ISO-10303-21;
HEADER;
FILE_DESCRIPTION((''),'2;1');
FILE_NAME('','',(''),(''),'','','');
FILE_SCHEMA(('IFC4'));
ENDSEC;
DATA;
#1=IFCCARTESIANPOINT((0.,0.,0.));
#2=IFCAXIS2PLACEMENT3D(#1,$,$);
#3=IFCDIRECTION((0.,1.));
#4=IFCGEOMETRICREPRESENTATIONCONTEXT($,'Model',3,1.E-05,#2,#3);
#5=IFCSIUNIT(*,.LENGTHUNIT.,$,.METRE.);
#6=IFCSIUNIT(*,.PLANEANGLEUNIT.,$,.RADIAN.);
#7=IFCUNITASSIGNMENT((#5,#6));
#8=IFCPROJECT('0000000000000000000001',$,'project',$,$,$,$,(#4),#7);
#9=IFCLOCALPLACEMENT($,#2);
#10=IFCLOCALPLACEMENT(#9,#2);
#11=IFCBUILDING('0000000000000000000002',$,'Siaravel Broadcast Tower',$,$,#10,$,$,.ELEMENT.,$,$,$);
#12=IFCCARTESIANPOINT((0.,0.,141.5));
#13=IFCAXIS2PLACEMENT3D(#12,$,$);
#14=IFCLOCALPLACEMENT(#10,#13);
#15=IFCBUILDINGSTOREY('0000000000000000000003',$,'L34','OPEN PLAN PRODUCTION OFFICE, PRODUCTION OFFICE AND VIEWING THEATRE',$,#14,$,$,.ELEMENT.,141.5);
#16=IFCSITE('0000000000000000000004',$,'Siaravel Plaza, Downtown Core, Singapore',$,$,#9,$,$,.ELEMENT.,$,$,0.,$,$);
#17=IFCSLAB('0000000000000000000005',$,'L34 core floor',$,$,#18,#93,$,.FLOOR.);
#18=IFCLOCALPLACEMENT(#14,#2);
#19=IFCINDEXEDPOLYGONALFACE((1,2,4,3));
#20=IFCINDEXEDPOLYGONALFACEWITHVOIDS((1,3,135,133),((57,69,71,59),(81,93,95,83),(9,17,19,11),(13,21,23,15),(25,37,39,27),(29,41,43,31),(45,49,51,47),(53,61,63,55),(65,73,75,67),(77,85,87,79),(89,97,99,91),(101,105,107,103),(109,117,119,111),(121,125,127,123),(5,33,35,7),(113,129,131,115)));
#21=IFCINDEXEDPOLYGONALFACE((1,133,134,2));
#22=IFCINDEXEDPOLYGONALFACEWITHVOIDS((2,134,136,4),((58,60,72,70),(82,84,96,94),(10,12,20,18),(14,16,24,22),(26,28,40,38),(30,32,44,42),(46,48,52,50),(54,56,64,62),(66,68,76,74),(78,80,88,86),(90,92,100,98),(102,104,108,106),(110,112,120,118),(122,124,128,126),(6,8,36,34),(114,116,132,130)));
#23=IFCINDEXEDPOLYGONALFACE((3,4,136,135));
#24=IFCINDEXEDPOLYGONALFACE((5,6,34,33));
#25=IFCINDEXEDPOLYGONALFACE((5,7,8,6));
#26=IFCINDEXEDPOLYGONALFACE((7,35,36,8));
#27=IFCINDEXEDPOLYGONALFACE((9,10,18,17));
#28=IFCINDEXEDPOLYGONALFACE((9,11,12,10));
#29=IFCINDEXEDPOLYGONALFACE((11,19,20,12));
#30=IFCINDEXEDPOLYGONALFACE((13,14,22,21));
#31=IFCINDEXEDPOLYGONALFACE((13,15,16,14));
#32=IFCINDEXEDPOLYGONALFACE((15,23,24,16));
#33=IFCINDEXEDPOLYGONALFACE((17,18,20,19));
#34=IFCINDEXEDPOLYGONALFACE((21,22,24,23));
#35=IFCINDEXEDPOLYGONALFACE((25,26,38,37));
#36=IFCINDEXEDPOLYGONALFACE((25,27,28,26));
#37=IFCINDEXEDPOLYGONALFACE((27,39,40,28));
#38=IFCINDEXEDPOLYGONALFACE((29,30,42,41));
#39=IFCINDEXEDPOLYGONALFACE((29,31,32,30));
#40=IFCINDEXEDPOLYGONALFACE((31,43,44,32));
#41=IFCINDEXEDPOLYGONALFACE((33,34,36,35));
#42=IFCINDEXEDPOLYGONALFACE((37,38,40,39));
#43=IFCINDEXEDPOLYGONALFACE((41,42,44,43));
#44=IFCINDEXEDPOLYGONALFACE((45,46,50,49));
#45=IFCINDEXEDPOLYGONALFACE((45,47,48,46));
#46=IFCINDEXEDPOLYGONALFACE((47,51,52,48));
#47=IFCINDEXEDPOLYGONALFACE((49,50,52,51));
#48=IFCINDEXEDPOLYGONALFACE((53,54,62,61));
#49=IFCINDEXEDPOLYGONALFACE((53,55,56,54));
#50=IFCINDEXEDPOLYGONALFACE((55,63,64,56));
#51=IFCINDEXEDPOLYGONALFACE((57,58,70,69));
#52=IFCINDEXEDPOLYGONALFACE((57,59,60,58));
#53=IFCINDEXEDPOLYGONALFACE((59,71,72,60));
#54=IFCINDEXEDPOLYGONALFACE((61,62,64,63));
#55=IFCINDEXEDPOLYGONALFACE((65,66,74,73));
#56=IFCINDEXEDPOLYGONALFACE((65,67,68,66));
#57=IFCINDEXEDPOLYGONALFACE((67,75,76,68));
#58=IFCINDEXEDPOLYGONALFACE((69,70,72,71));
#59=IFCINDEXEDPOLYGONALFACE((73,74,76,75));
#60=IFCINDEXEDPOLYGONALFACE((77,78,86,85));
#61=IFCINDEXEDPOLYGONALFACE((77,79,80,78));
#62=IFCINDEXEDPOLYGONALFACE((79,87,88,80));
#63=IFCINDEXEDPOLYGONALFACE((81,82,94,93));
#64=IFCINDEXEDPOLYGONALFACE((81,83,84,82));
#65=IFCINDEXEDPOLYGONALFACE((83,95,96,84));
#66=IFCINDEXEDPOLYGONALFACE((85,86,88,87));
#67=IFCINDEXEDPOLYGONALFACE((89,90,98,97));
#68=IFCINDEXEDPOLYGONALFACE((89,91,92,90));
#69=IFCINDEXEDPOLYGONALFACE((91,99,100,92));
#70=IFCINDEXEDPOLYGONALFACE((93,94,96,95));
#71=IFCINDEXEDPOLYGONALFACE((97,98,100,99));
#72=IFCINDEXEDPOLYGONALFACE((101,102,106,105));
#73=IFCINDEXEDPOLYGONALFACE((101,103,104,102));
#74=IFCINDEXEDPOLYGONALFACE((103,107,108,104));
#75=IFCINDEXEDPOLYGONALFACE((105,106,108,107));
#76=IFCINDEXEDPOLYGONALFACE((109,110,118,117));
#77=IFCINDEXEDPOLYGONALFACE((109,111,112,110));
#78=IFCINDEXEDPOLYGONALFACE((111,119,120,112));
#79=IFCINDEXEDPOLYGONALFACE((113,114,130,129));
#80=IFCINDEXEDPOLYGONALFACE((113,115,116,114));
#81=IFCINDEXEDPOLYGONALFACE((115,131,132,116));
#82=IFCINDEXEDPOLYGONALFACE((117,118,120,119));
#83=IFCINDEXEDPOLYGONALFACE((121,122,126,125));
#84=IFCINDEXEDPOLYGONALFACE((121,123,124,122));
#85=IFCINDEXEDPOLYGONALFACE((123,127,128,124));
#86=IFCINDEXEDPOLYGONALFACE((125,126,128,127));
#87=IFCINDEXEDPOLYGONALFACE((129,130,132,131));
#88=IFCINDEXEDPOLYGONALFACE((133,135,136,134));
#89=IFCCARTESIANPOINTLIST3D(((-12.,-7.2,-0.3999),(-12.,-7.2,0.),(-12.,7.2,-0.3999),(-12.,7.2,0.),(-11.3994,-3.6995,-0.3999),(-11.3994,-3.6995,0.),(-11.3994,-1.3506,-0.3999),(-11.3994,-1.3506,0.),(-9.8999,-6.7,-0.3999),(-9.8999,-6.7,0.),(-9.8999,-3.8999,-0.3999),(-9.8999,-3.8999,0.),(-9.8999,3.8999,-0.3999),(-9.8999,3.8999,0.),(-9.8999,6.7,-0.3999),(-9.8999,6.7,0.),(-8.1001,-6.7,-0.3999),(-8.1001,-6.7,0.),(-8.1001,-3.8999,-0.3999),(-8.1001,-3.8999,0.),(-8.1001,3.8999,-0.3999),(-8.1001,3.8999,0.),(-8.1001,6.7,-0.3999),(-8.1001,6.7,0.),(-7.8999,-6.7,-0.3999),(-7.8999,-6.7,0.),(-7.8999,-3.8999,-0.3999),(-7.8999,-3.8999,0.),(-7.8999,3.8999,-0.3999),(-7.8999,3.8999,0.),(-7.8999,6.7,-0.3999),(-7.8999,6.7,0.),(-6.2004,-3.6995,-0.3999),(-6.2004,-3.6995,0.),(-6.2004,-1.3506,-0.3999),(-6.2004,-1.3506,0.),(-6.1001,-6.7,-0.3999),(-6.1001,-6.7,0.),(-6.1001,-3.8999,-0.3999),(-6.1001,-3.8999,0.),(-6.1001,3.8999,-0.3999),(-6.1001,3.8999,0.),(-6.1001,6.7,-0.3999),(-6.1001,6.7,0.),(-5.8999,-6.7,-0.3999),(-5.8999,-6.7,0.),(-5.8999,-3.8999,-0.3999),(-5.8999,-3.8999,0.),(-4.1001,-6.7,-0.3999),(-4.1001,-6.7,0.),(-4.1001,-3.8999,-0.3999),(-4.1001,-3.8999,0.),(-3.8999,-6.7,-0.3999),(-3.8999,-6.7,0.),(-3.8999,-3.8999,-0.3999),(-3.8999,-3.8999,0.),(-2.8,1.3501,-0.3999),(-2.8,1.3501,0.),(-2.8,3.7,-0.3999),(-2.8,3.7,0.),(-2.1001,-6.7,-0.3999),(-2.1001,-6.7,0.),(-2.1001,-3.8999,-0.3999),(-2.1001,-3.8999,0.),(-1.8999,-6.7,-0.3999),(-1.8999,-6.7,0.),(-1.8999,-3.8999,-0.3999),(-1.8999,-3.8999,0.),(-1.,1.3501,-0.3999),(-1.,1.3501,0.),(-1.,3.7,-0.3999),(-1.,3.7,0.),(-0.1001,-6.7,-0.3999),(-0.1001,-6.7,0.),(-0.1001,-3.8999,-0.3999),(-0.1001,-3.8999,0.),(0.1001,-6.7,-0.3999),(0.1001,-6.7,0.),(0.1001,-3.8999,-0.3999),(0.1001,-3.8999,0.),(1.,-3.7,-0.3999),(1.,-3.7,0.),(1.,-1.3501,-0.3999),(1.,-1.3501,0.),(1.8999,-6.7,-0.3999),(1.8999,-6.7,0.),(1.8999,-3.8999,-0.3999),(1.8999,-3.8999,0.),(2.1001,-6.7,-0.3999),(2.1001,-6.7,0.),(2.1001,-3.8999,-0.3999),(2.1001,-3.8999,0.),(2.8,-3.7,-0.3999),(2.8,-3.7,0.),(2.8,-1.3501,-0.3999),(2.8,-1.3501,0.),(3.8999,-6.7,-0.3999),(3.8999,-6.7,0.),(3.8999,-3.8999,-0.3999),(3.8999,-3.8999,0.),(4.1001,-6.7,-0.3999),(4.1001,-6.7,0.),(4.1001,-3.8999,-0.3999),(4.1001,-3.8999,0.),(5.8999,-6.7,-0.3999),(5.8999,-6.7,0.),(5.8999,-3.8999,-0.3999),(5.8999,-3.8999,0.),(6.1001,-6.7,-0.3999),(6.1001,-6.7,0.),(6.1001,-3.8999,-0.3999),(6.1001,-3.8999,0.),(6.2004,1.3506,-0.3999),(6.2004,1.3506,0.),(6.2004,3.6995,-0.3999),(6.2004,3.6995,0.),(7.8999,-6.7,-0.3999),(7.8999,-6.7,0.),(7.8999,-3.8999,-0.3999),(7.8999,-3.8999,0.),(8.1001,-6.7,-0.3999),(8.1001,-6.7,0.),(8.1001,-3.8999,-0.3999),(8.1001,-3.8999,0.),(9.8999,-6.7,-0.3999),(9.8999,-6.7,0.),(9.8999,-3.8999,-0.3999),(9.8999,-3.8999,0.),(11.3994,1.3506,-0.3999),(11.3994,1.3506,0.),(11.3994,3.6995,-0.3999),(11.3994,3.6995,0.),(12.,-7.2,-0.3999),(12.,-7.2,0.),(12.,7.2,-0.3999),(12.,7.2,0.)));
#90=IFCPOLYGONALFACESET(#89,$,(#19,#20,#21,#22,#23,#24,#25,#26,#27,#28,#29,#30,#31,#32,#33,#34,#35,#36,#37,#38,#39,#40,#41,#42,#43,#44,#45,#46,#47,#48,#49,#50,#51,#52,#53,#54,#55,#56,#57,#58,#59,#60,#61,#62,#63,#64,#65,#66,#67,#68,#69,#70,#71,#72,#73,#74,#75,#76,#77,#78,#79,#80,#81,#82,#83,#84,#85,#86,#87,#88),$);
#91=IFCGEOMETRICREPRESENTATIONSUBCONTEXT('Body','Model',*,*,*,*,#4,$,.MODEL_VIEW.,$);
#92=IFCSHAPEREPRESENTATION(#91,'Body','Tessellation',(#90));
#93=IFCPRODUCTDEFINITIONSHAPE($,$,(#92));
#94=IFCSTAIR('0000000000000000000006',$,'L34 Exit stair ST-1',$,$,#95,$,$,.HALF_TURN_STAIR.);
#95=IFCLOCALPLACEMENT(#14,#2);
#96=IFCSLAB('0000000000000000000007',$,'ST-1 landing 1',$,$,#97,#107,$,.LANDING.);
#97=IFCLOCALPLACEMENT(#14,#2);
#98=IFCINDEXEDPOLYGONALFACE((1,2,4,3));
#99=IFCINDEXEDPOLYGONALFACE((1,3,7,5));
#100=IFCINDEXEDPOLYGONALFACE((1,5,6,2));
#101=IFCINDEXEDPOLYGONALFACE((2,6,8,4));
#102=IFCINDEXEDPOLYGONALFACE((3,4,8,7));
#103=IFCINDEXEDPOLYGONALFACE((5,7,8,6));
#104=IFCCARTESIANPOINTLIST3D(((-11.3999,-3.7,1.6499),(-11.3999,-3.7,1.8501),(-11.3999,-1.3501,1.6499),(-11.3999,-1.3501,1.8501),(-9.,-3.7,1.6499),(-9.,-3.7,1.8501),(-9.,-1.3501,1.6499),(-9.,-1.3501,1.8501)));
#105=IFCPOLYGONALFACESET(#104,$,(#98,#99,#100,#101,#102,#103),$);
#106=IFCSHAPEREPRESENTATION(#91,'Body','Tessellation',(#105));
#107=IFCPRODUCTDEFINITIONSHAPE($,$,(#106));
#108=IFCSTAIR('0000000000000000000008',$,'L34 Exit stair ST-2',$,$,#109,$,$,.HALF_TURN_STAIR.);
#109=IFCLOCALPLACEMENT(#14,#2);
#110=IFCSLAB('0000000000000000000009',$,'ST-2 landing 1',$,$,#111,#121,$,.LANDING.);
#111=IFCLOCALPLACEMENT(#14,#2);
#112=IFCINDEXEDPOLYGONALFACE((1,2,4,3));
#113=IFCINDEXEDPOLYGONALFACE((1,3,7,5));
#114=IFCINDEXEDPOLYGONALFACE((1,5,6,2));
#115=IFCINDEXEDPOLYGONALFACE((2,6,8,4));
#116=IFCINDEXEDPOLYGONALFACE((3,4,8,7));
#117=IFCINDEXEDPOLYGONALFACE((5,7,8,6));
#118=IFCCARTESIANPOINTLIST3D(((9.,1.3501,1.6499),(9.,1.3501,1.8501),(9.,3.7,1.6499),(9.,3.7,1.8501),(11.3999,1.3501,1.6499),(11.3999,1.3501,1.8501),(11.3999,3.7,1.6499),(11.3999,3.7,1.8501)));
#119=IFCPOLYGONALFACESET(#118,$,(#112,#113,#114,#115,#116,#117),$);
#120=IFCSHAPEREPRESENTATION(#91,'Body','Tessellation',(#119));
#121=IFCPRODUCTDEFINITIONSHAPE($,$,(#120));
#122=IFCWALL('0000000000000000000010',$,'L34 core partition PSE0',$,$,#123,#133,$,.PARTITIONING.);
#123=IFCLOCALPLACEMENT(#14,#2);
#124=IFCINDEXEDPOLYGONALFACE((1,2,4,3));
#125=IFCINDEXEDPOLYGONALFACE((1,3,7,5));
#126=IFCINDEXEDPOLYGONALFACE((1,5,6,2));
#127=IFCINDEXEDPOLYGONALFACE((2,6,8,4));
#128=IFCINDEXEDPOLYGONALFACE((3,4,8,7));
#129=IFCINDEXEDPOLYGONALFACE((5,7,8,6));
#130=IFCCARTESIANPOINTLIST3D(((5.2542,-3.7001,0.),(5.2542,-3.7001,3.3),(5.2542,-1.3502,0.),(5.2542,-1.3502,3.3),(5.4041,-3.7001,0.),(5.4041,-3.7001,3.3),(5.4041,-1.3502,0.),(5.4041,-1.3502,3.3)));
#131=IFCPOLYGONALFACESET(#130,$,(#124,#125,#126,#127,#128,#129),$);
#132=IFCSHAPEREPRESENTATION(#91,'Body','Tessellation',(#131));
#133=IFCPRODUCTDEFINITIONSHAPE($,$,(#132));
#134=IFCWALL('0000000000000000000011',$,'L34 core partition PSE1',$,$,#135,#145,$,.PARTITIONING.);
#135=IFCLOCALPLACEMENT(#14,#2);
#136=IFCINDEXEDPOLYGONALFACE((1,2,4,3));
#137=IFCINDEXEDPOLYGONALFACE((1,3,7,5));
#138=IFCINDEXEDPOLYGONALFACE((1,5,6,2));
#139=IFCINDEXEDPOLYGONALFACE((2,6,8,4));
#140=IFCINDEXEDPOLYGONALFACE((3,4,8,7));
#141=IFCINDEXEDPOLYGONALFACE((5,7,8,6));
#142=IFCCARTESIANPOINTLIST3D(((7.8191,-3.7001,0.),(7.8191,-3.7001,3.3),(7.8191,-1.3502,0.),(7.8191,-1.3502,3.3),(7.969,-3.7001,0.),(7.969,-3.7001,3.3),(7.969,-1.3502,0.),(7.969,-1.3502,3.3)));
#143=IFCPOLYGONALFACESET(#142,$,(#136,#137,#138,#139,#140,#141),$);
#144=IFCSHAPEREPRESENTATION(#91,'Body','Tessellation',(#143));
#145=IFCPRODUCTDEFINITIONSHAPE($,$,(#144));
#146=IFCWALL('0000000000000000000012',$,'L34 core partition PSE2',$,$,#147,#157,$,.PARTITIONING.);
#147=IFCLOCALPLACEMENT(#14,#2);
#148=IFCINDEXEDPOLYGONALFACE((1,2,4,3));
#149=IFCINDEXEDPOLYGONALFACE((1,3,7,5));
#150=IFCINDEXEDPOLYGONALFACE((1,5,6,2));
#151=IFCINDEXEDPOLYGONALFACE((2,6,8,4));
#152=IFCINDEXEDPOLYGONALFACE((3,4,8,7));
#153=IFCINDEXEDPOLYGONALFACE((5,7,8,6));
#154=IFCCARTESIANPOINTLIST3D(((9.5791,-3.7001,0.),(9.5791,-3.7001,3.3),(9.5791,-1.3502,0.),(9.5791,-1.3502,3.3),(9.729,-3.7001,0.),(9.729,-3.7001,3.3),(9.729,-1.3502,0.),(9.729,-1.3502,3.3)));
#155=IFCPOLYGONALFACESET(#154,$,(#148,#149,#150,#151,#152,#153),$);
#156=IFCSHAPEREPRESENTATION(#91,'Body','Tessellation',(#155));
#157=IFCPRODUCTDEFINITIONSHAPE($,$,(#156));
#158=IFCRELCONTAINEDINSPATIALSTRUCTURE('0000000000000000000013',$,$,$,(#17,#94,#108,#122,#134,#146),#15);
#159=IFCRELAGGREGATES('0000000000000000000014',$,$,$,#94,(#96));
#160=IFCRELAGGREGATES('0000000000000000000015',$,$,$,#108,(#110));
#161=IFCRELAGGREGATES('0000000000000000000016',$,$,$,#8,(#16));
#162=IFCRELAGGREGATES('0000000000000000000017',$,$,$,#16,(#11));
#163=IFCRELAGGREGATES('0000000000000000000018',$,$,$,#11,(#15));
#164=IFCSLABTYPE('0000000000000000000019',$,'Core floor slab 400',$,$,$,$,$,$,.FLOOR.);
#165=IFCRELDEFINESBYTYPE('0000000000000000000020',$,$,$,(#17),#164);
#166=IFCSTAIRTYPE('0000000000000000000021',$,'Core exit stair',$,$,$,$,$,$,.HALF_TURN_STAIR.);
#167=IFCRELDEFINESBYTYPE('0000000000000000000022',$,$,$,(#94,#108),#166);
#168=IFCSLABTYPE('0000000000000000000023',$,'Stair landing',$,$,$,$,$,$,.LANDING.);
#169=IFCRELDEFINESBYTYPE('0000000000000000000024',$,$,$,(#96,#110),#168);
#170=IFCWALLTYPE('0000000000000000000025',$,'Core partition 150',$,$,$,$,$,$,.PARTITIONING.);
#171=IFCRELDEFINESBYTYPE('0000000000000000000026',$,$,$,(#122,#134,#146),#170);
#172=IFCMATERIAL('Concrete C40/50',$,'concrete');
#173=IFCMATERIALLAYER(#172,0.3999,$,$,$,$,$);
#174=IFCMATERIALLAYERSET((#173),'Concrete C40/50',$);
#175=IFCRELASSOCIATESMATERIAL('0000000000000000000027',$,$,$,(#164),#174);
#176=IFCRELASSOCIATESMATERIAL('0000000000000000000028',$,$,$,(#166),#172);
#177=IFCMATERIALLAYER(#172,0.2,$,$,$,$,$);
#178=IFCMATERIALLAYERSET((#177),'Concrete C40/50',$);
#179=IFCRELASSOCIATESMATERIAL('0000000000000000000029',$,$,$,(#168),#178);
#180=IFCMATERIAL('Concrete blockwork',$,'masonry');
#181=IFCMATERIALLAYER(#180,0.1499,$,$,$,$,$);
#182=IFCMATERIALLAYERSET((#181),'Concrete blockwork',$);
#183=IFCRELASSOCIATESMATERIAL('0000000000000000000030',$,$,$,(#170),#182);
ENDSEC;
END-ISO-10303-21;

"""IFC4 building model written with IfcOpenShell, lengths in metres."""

from ifc_helpers import new_model, si_unit, direction, frame, frame_2d, origin, place, context, subcontext, project, spatial, polyline, rectangle, outline, extrude, material, layer, layer_set, type_object, element, aggregate, save


model = new_model("IFC4")

# Units and contexts
model_context = context("Model", 3, precision=1e-05, world=origin(), true_north=direction((0.0, 1.0)))
body_context = subcontext(model_context, "Body", "Model", "MODEL_VIEW")
ifc_project = project(units=[si_unit("LENGTHUNIT", "METRE"), si_unit("PLANEANGLEUNIT", "RADIAN")], contexts=[model_context])

# Site, building, storey
site_placement = place(None, origin())
site = spatial("IfcSite", under=ifc_project, at=site_placement, Name="Siaravel Plaza, Downtown Core, Singapore", CompositionType="ELEMENT", RefElevation=0.0)
building_placement = place(site_placement, origin())
building = spatial("IfcBuilding", under=site, at=building_placement, Name="Siaravel Broadcast Tower", CompositionType="ELEMENT")
storey_placement = place(building_placement, frame((0.0, 0.0, 141.5)))
storey = spatial("IfcBuildingStorey", under=building, at=storey_placement, Name="L34", Description="OPEN PLAN PRODUCTION OFFICE, PRODUCTION OFFICE AND VIEWING THEATRE", CompositionType="ELEMENT", Elevation=141.5)

# Slab
ifc_material_1 = material(Name="Concrete C40/50", Category="concrete")
ifc_layer_1 = layer(ifc_material_1, 0.3999)
ifc_layer_set_1 = layer_set([ifc_layer_1], Name="Concrete C40/50")
slab_type_1 = type_object("IfcSlabType", Name="Core floor slab 400", PredefinedType="FLOOR", material=ifc_layer_set_1)
slab_1_placement = place(storey_placement, frame((0.0, 0.0, -0.3999)))
element("IfcSlab", 1, at=slab_1_placement, inside=storey, type_object=slab_type_1, Name="L34 core floor", PredefinedType="FLOOR", context=body_context, shape_type="SweptSolid", body=[
    extrude(outline(polyline([(-12.0, -7.2), (-12.0, 7.2), (12.0, 7.2), (12.0, -7.2), (-12.0, -7.2)]), holes=[polyline([(11.3994, 1.3506), (11.3994, 3.6995), (6.2004, 3.6995), (6.2004, 1.3506), (11.3994, 1.3506)]), polyline([(9.8999, -3.8999), (8.1001, -3.8999), (8.1001, -6.7), (9.8999, -6.7), (9.8999, -3.8999)]), polyline([(7.8999, -3.8999), (6.1001, -3.8999), (6.1001, -6.7), (7.8999, -6.7), (7.8999, -3.8999)]), polyline([(5.8999, -3.8999), (4.1001, -3.8999), (4.1001, -6.7), (5.8999, -6.7), (5.8999, -3.8999)]), polyline([(3.8999, -3.8999), (2.1001, -3.8999), (2.1001, -6.7), (3.8999, -6.7), (3.8999, -3.8999)]), polyline([(2.8, -1.3501), (1.0, -1.3501), (1.0, -3.7), (2.8, -3.7), (2.8, -1.3501)]), polyline([(1.8999, -3.8999), (0.1001, -3.8999), (0.1001, -6.7), (1.8999, -6.7), (1.8999, -3.8999)]), polyline([(-0.1001, -3.8999), (-1.8999, -3.8999), (-1.8999, -6.7), (-0.1001, -6.7), (-0.1001, -3.8999)]), polyline([(-1.0, 3.7), (-2.8, 3.7), (-2.8, 1.3501), (-1.0, 1.3501), (-1.0, 3.7)]), polyline([(-2.1001, -3.8999), (-3.8999, -3.8999), (-3.8999, -6.7), (-2.1001, -6.7), (-2.1001, -3.8999)]), polyline([(-4.1001, -3.8999), (-5.8999, -3.8999), (-5.8999, -6.7), (-4.1001, -6.7), (-4.1001, -3.8999)]), polyline([(-6.1001, -3.8999), (-7.8999, -3.8999), (-7.8999, -6.7), (-6.1001, -6.7), (-6.1001, -3.8999)]), polyline([(-6.1001, 6.7), (-7.8999, 6.7), (-7.8999, 3.8999), (-6.1001, 3.8999), (-6.1001, 6.7)]), polyline([(-11.3994, -1.3506), (-11.3994, -3.6995), (-6.2004, -3.6995), (-6.2004, -1.3506), (-11.3994, -1.3506)]), polyline([(-8.1001, -3.8999), (-9.8999, -3.8999), (-9.8999, -6.7), (-8.1001, -6.7), (-8.1001, -3.8999)]), polyline([(-8.1001, 6.7), (-9.8999, 6.7), (-9.8999, 3.8999), (-8.1001, 3.8999), (-8.1001, 6.7)])]), origin(), (0.0, 0.0, 1.0), 0.3999),
])

# Stairs, slabs
stair_type = type_object("IfcStairType", Name="Core exit stair", PredefinedType="HALF_TURN_STAIR", material=ifc_material_1)
stair_1_placement = place(storey_placement, origin())
stair_1 = element("IfcStair", 2, at=stair_1_placement, inside=storey, type_object=stair_type, Name="L34 Exit stair ST-1", PredefinedType="HALF_TURN_STAIR")
ifc_layer_2 = layer(ifc_material_1, 0.2)
ifc_layer_set_2 = layer_set([ifc_layer_2], Name="Concrete C40/50")
slab_type_2 = type_object("IfcSlabType", Name="Stair landing", PredefinedType="LANDING", material=ifc_layer_set_2)
slab_2_placement = place(storey_placement, frame((0.0, 0.0, 1.6499)))
slab_2 = element("IfcSlab", 3, at=slab_2_placement, type_object=slab_type_2, Name="ST-1 landing 1", PredefinedType="LANDING", context=body_context, shape_type="SweptSolid", body=[
    extrude(outline(polyline([(-9.0, -1.3501), (-11.3999, -1.3501), (-11.3999, -3.7), (-9.0, -3.7), (-9.0, -1.3501)])), origin(), (0.0, 0.0, 1.0), 0.2002),
])
aggregate(stair_1, [slab_2])
stair_2_placement = place(storey_placement, origin())
stair_2 = element("IfcStair", 4, at=stair_2_placement, inside=storey, type_object=stair_type, Name="L34 Exit stair ST-2", PredefinedType="HALF_TURN_STAIR")
slab_3_placement = place(storey_placement, frame((0.0, 0.0, 1.6499)))
slab_3 = element("IfcSlab", 5, at=slab_3_placement, type_object=slab_type_2, Name="ST-2 landing 1", PredefinedType="LANDING", context=body_context, shape_type="SweptSolid", body=[
    extrude(outline(polyline([(9.0, 1.3501), (11.3999, 1.3501), (11.3999, 3.7), (9.0, 3.7), (9.0, 1.3501)])), origin(), (0.0, 0.0, 1.0), 0.2002),
])
aggregate(stair_2, [slab_3])

# Walls
ifc_material_2 = material(Name="Concrete blockwork", Category="masonry")
ifc_layer_3 = layer(ifc_material_2, 0.1499)
ifc_layer_set_3 = layer_set([ifc_layer_3], Name="Concrete blockwork")
wall_type_1 = type_object("IfcWallType", Name="Core partition 150", PredefinedType="PARTITIONING", material=ifc_layer_set_3)
for number, where, z_axis, x_axis, name in (
    (6, (5.3291, -3.7, 0.0), (0.0, 0.0, 1.0), (0.0, 1.0, 0.0), "L34 core partition PSE0"),
    (7, (7.894, -3.7, 0.0), (0.0, 0.0, 1.0), (0.0, 1.0, 0.0), "L34 core partition PSE1"),
    (8, (9.6541, -3.7, 0.0), (0.0, 0.0, 1.0), (0.0, 1.0, 0.0), "L34 core partition PSE2"),
):
    element("IfcWall", number, at=place(storey_placement, frame(where, z_axis=z_axis, x_axis=x_axis)), inside=storey, type_object=wall_type_1, Name=name, PredefinedType="PARTITIONING", context=body_context, shape_type="SweptSolid", body=[
        extrude(rectangle(XDim=2.3499, YDim=0.1499, at=frame_2d((1.1748, 0.0))), origin(), (0.0, 0.0, 1.0), 3.3),
    ])

save(model, "model.ifc")
